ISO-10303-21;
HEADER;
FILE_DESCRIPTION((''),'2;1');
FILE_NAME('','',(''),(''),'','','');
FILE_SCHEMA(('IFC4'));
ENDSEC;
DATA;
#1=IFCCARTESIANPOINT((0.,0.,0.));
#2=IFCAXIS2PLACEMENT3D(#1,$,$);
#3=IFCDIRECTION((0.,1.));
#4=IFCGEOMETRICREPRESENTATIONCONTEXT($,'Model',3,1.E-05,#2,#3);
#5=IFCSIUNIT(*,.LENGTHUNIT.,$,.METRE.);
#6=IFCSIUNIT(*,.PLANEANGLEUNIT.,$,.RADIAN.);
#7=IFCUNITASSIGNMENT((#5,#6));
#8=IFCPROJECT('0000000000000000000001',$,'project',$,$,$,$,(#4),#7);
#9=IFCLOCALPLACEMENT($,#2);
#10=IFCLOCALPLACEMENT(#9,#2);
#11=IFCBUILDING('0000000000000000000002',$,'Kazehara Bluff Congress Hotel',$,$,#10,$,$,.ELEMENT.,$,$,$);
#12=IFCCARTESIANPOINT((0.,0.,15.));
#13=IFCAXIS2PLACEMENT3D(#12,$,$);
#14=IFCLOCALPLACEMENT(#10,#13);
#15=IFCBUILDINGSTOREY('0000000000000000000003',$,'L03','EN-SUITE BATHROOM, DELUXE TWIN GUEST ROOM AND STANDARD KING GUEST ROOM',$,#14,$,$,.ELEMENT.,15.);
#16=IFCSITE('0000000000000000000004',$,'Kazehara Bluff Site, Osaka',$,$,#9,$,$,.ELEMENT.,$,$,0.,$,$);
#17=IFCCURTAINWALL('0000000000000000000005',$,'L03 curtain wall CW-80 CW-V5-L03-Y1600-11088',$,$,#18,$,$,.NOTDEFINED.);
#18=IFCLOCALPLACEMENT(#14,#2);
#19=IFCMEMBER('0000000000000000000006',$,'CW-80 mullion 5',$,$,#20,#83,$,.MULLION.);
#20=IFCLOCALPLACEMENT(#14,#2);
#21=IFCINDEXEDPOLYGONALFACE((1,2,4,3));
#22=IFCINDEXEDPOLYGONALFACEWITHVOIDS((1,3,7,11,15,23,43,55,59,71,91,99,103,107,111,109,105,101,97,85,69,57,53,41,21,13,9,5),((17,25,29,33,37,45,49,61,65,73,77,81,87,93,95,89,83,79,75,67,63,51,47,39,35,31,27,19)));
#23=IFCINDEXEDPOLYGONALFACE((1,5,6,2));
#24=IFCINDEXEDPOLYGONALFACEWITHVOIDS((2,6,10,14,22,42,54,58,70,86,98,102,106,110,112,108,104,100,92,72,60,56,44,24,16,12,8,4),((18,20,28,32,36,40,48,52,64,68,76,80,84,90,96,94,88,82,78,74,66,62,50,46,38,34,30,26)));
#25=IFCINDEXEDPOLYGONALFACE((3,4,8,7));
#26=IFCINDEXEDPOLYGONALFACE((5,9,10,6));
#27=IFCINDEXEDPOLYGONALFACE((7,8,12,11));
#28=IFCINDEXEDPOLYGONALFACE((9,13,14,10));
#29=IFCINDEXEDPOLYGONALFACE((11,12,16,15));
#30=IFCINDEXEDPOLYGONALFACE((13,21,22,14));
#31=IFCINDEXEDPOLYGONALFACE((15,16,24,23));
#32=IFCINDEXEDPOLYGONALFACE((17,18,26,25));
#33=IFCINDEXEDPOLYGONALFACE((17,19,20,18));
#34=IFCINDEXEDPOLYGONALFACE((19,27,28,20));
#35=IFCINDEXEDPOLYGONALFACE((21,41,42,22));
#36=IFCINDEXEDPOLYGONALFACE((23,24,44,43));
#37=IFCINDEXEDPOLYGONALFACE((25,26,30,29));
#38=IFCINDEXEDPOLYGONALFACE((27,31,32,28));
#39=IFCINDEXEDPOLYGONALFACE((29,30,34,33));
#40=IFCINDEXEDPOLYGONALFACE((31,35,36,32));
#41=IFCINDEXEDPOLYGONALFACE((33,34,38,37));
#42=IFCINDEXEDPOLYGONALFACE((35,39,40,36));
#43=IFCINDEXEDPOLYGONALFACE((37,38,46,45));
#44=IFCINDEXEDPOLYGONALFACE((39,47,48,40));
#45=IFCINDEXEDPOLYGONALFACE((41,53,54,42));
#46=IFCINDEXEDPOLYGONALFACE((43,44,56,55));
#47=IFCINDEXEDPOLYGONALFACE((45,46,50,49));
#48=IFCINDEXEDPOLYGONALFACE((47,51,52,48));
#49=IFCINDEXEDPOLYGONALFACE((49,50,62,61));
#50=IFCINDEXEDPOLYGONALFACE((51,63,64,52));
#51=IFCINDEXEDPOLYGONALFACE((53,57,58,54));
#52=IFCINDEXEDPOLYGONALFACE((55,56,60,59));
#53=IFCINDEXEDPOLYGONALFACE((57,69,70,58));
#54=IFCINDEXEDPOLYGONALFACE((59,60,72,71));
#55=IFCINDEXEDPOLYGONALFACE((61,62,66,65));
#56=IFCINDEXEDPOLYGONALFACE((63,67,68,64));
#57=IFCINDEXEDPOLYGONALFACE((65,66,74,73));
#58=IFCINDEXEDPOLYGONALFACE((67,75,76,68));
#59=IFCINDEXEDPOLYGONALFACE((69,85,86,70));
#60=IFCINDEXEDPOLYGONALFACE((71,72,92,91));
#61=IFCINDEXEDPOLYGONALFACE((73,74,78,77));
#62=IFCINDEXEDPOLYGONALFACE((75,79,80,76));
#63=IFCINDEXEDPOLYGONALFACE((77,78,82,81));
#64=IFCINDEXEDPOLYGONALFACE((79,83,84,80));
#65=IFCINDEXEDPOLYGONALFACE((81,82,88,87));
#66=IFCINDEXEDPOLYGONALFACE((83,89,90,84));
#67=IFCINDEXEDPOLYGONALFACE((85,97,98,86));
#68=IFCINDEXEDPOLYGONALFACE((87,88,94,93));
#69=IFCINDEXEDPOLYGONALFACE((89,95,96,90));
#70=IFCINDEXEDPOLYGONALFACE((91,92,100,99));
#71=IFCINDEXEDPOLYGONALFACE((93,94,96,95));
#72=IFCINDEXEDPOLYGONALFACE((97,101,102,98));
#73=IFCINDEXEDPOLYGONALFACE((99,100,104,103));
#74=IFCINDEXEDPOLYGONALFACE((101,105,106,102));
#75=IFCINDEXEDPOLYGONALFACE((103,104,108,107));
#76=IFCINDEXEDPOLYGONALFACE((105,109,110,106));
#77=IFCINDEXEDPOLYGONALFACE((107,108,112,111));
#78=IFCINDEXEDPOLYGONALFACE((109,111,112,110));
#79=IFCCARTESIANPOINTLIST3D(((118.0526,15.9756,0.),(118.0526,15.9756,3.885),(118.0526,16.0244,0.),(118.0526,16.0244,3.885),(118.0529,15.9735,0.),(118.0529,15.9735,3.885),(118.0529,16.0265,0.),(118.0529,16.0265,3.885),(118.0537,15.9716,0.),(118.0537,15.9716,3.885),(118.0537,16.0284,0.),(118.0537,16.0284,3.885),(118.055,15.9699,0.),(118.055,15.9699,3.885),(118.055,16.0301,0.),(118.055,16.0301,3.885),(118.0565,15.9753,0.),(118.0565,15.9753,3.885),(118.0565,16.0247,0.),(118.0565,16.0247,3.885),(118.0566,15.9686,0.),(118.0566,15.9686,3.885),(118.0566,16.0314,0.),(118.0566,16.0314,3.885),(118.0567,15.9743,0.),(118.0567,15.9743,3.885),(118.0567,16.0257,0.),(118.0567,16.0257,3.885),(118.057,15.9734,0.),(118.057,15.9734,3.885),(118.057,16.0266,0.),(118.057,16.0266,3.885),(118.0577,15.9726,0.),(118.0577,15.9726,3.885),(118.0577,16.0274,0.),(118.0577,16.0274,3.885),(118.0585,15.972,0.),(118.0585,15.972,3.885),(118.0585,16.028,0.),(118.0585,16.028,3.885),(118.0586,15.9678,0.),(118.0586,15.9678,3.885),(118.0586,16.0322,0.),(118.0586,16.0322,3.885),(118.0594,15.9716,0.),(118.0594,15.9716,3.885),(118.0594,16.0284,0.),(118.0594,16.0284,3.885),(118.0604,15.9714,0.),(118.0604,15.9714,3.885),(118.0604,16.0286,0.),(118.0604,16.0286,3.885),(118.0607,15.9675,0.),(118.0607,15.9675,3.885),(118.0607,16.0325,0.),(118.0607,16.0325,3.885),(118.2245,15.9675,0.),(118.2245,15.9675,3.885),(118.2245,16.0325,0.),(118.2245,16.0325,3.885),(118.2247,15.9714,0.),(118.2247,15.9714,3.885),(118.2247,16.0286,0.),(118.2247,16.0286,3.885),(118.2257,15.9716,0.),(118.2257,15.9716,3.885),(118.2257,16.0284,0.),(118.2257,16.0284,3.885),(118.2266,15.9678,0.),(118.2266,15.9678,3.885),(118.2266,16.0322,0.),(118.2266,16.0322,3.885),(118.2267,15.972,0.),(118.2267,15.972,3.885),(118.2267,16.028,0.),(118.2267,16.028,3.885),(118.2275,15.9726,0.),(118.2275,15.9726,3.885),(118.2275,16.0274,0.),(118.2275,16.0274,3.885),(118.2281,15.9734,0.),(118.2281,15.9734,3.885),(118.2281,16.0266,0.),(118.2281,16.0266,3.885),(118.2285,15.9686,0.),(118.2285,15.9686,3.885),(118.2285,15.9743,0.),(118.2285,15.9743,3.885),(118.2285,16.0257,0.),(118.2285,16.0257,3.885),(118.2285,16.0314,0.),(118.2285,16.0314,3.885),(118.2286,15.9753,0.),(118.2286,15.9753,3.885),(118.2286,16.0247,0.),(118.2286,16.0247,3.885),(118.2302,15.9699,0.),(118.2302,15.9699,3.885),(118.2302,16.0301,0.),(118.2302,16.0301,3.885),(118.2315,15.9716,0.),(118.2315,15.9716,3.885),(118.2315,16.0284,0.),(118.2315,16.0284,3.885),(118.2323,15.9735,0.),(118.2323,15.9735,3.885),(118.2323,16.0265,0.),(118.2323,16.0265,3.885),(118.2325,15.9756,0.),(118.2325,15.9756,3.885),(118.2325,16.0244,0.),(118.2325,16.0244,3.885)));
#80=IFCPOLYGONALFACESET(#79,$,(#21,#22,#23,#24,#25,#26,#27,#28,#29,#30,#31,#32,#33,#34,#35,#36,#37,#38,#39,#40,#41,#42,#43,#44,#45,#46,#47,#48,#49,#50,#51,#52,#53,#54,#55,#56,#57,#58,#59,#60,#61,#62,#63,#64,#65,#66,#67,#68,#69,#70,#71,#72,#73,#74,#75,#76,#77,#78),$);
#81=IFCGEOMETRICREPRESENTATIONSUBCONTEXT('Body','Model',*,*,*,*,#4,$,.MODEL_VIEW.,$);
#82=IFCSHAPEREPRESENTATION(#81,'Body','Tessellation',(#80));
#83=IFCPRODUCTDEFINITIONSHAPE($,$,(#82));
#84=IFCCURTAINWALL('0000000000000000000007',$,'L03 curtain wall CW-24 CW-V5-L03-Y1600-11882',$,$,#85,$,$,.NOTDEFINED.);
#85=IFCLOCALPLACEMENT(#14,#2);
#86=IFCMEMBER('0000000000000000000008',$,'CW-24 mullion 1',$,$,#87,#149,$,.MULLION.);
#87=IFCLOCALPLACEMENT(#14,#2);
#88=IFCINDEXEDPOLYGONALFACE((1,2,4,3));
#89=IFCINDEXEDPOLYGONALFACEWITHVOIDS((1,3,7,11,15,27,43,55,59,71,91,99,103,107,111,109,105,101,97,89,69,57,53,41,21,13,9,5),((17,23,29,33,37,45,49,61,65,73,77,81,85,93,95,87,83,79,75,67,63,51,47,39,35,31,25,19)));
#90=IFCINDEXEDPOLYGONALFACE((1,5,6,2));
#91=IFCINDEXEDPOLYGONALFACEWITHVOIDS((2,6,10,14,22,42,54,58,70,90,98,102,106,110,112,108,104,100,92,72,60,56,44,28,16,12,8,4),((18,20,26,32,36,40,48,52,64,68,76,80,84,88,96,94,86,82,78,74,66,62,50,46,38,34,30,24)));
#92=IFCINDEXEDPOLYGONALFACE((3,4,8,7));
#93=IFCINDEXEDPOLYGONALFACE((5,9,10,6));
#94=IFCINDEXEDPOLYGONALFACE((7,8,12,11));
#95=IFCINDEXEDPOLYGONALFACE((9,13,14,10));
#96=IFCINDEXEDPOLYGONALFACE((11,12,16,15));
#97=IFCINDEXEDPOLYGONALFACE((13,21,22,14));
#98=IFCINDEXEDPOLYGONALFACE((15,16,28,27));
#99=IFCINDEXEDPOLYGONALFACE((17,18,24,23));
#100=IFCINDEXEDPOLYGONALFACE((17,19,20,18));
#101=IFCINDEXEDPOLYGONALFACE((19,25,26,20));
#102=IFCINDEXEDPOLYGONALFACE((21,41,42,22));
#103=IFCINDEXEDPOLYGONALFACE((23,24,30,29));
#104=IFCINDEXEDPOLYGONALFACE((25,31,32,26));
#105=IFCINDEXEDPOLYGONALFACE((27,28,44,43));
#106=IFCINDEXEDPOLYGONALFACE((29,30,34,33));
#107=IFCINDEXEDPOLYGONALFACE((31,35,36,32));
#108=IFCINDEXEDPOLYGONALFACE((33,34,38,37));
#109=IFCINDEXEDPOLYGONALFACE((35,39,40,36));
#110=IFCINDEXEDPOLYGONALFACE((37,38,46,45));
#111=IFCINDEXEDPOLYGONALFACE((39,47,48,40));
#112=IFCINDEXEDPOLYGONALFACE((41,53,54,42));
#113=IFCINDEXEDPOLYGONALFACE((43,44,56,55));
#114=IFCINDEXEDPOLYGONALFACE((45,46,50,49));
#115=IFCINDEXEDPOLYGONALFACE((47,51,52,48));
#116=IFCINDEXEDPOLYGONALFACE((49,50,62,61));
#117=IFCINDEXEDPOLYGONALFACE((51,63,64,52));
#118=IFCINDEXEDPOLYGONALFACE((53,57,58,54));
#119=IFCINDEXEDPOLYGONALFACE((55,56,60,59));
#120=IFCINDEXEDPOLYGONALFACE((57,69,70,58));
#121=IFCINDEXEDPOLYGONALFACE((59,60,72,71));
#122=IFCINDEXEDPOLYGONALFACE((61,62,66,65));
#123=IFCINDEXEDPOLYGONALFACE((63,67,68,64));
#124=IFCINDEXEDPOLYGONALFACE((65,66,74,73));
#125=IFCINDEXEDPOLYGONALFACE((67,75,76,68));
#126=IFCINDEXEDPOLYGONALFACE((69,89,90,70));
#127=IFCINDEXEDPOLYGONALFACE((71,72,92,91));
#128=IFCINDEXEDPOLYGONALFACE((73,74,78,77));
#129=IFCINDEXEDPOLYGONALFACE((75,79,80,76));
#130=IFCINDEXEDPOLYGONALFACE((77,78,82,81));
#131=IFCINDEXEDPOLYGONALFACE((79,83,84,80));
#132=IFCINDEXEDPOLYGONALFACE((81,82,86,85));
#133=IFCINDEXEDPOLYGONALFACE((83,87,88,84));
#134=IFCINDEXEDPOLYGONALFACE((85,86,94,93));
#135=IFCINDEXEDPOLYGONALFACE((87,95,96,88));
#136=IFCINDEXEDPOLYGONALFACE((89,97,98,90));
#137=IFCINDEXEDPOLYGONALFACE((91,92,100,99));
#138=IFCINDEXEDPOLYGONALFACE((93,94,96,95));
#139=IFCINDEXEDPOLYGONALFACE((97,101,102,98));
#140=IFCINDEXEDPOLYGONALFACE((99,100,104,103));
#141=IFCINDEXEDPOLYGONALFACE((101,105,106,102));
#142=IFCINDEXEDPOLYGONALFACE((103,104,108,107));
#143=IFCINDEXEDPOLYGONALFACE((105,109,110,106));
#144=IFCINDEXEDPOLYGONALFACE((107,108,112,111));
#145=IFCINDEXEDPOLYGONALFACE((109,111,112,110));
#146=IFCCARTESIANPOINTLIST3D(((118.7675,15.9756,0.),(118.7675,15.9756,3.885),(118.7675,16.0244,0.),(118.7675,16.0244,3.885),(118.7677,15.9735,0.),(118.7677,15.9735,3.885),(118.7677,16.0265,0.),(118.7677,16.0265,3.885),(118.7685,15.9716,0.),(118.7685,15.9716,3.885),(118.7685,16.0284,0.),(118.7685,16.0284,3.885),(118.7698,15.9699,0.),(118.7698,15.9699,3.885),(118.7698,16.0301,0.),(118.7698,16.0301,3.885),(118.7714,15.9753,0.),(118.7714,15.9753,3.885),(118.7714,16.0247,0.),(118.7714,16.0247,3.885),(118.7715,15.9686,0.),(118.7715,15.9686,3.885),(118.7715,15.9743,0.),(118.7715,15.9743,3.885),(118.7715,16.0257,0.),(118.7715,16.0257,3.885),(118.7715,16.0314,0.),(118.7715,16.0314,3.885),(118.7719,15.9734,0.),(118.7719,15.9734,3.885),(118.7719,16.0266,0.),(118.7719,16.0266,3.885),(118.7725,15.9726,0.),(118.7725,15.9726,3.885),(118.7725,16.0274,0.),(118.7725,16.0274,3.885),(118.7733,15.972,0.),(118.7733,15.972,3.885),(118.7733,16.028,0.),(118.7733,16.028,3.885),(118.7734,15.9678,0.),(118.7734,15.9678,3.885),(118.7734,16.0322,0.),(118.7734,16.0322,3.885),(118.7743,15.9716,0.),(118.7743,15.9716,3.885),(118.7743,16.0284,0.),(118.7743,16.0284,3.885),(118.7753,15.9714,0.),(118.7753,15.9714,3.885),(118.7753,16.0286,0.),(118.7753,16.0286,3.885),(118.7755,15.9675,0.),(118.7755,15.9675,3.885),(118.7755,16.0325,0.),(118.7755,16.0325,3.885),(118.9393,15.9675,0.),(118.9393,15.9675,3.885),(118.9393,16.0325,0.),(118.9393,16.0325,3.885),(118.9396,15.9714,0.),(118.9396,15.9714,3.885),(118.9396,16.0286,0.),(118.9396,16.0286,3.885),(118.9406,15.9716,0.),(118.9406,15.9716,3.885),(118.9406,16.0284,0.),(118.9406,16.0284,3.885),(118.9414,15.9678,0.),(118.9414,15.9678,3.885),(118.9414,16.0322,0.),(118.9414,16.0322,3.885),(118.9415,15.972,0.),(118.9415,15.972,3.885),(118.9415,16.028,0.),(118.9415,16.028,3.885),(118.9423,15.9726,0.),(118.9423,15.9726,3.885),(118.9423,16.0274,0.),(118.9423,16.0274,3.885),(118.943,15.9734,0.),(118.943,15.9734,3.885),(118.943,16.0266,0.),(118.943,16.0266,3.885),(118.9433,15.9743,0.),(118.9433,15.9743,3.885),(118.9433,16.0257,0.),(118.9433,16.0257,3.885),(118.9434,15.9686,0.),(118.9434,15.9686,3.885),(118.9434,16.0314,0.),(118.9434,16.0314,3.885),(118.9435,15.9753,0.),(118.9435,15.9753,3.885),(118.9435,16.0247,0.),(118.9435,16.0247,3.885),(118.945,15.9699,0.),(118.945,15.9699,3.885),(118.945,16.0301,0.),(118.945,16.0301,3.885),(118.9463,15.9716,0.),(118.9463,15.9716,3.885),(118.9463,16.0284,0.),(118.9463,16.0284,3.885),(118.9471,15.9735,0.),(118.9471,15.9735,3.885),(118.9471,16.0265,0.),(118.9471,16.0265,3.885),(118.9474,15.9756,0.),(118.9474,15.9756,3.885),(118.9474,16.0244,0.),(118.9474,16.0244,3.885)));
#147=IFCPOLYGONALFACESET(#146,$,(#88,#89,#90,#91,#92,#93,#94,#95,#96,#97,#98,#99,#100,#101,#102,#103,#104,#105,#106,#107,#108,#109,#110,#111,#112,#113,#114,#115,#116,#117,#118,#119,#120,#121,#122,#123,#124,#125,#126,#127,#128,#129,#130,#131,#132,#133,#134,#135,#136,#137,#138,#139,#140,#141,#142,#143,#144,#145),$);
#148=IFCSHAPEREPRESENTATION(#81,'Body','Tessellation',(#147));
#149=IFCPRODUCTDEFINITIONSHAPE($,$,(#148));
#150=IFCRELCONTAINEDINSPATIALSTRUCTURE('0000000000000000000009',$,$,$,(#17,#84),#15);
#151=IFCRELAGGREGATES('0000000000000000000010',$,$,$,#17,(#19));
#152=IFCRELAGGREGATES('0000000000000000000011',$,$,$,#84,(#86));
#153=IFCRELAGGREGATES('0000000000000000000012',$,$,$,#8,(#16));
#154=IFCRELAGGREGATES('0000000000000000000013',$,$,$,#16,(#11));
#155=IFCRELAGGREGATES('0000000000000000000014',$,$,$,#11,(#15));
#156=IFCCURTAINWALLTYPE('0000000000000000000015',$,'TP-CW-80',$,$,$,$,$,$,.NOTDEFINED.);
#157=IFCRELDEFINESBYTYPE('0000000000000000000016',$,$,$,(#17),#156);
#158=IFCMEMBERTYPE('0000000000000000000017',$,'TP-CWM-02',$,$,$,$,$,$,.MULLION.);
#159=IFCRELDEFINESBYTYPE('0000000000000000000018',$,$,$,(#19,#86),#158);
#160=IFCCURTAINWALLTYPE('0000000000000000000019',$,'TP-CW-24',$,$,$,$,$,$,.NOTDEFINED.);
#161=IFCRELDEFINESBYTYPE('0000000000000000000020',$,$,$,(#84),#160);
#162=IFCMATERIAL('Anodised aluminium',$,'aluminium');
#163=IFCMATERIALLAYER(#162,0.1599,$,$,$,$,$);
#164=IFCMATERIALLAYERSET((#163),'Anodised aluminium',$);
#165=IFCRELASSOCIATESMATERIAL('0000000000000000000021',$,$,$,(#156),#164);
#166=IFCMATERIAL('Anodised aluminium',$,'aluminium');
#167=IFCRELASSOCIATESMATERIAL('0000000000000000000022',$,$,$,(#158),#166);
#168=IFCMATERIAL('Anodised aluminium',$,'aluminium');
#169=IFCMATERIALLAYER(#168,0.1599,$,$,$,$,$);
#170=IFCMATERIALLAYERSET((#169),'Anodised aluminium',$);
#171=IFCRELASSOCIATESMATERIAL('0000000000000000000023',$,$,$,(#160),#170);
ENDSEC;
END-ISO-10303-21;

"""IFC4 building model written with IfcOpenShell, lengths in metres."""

from ifc_helpers import new_model, si_unit, direction, frame, origin, origin_2d, place, context, subcontext, project, spatial, hollow_rectangle, extrude, material, layer, layer_set, material_profile, profile_set, type_object, element, aggregate, save


model = new_model("IFC4")

# Units and contexts
model_context = context("Model", 3, precision=1e-05, world=origin(), true_north=direction((0.0, 1.0)))
body_context = subcontext(model_context, "Body", "Model", "MODEL_VIEW")
ifc_project = project(units=[si_unit("LENGTHUNIT", "METRE"), si_unit("PLANEANGLEUNIT", "RADIAN")], contexts=[model_context])

# Site, building, storey
site_placement = place(None, origin())
site = spatial("IfcSite", under=ifc_project, at=site_placement, Name="Kazehara Bluff Site, Osaka", CompositionType="ELEMENT", RefElevation=0.0)
building_placement = place(site_placement, origin())
building = spatial("IfcBuilding", under=site, at=building_placement, Name="Kazehara Bluff Congress Hotel", CompositionType="ELEMENT")
storey_placement = place(building_placement, frame((0.0, 0.0, 15.0)))
storey = spatial("IfcBuildingStorey", under=building, at=storey_placement, Name="L03", Description="EN-SUITE BATHROOM, DELUXE TWIN GUEST ROOM AND STANDARD KING GUEST ROOM", CompositionType="ELEMENT", Elevation=15.0)

# Curtain walls, members
ifc_material_1 = material(Name="Anodised aluminium", Category="aluminium")
ifc_layer_1 = layer(ifc_material_1, 0.1599)
ifc_layer_set_1 = layer_set([ifc_layer_1], Name="Anodised aluminium")
curtain_wall_type_1 = type_object("IfcCurtainWallType", Name="TP-CW-80", PredefinedType="NOTDEFINED", material=ifc_layer_set_1)
curtain_wall_1_placement = place(storey_placement, origin())
curtain_wall_1 = element("IfcCurtainWall", 1, at=curtain_wall_1_placement, inside=storey, type_object=curtain_wall_type_1, Name="L03 curtain wall CW-80 CW-V5-L03-Y1600-11088", PredefinedType="NOTDEFINED")
ifc_material_2 = material(Name="Anodised aluminium", Category="aluminium")
ifc_material_profile_1 = material_profile(ifc_material_2, hollow_rectangle(XDim=0.0649, YDim=0.1799, WallThickness=0.0039, InnerFilletRadius=0.0039, OuterFilletRadius=0.0081, at=origin_2d()))
ifc_profile_set_1 = profile_set([ifc_material_profile_1], Name="Anodised aluminium")
member_type_1 = type_object("IfcMemberType", Name="TP-CWM-02", PredefinedType="MULLION", material=ifc_profile_set_1)
member_1_placement = place(storey_placement, frame((118.1426, 16.0, 0.0), z_axis=(0.0, 0.0, 1.0), x_axis=(0.0, 1.0, 0.0)))
member_1 = element("IfcMember", 2, at=member_1_placement, type_object=member_type_1, Name="CW-80 mullion 5", PredefinedType="MULLION", context=body_context, shape_type="SweptSolid", body=[
    extrude(hollow_rectangle(XDim=0.0649, YDim=0.1799, WallThickness=0.0039, InnerFilletRadius=0.0039, OuterFilletRadius=0.0081, at=origin_2d()), origin(), (0.0, 0.0, 1.0), 3.885),
])
ifc_material_3 = material(Name="Anodised aluminium", Category="aluminium")
ifc_layer_2 = layer(ifc_material_3, 0.1599)
ifc_layer_set_2 = layer_set([ifc_layer_2], Name="Anodised aluminium")
curtain_wall_type_2 = type_object("IfcCurtainWallType", Name="TP-CW-24", PredefinedType="NOTDEFINED", material=ifc_layer_set_2)
curtain_wall_2_placement = place(storey_placement, origin())
curtain_wall_2 = element("IfcCurtainWall", 3, at=curtain_wall_2_placement, inside=storey, type_object=curtain_wall_type_2, Name="L03 curtain wall CW-24 CW-V5-L03-Y1600-11882", PredefinedType="NOTDEFINED")
member_2_placement = place(storey_placement, frame((118.8574, 16.0, 0.0), z_axis=(0.0, 0.0, 1.0), x_axis=(0.0, 1.0, 0.0)))
member_2 = element("IfcMember", 4, at=member_2_placement, type_object=member_type_1, Name="CW-24 mullion 1", PredefinedType="MULLION", context=body_context, shape_type="SweptSolid", body=[
    extrude(hollow_rectangle(XDim=0.0649, YDim=0.1799, WallThickness=0.0039, InnerFilletRadius=0.0039, OuterFilletRadius=0.0081, at=origin_2d()), origin(), (0.0, 0.0, 1.0), 3.885),
])

aggregate(curtain_wall_1, [member_1])
aggregate(curtain_wall_2, [member_2])

save(model, "model.ifc")
